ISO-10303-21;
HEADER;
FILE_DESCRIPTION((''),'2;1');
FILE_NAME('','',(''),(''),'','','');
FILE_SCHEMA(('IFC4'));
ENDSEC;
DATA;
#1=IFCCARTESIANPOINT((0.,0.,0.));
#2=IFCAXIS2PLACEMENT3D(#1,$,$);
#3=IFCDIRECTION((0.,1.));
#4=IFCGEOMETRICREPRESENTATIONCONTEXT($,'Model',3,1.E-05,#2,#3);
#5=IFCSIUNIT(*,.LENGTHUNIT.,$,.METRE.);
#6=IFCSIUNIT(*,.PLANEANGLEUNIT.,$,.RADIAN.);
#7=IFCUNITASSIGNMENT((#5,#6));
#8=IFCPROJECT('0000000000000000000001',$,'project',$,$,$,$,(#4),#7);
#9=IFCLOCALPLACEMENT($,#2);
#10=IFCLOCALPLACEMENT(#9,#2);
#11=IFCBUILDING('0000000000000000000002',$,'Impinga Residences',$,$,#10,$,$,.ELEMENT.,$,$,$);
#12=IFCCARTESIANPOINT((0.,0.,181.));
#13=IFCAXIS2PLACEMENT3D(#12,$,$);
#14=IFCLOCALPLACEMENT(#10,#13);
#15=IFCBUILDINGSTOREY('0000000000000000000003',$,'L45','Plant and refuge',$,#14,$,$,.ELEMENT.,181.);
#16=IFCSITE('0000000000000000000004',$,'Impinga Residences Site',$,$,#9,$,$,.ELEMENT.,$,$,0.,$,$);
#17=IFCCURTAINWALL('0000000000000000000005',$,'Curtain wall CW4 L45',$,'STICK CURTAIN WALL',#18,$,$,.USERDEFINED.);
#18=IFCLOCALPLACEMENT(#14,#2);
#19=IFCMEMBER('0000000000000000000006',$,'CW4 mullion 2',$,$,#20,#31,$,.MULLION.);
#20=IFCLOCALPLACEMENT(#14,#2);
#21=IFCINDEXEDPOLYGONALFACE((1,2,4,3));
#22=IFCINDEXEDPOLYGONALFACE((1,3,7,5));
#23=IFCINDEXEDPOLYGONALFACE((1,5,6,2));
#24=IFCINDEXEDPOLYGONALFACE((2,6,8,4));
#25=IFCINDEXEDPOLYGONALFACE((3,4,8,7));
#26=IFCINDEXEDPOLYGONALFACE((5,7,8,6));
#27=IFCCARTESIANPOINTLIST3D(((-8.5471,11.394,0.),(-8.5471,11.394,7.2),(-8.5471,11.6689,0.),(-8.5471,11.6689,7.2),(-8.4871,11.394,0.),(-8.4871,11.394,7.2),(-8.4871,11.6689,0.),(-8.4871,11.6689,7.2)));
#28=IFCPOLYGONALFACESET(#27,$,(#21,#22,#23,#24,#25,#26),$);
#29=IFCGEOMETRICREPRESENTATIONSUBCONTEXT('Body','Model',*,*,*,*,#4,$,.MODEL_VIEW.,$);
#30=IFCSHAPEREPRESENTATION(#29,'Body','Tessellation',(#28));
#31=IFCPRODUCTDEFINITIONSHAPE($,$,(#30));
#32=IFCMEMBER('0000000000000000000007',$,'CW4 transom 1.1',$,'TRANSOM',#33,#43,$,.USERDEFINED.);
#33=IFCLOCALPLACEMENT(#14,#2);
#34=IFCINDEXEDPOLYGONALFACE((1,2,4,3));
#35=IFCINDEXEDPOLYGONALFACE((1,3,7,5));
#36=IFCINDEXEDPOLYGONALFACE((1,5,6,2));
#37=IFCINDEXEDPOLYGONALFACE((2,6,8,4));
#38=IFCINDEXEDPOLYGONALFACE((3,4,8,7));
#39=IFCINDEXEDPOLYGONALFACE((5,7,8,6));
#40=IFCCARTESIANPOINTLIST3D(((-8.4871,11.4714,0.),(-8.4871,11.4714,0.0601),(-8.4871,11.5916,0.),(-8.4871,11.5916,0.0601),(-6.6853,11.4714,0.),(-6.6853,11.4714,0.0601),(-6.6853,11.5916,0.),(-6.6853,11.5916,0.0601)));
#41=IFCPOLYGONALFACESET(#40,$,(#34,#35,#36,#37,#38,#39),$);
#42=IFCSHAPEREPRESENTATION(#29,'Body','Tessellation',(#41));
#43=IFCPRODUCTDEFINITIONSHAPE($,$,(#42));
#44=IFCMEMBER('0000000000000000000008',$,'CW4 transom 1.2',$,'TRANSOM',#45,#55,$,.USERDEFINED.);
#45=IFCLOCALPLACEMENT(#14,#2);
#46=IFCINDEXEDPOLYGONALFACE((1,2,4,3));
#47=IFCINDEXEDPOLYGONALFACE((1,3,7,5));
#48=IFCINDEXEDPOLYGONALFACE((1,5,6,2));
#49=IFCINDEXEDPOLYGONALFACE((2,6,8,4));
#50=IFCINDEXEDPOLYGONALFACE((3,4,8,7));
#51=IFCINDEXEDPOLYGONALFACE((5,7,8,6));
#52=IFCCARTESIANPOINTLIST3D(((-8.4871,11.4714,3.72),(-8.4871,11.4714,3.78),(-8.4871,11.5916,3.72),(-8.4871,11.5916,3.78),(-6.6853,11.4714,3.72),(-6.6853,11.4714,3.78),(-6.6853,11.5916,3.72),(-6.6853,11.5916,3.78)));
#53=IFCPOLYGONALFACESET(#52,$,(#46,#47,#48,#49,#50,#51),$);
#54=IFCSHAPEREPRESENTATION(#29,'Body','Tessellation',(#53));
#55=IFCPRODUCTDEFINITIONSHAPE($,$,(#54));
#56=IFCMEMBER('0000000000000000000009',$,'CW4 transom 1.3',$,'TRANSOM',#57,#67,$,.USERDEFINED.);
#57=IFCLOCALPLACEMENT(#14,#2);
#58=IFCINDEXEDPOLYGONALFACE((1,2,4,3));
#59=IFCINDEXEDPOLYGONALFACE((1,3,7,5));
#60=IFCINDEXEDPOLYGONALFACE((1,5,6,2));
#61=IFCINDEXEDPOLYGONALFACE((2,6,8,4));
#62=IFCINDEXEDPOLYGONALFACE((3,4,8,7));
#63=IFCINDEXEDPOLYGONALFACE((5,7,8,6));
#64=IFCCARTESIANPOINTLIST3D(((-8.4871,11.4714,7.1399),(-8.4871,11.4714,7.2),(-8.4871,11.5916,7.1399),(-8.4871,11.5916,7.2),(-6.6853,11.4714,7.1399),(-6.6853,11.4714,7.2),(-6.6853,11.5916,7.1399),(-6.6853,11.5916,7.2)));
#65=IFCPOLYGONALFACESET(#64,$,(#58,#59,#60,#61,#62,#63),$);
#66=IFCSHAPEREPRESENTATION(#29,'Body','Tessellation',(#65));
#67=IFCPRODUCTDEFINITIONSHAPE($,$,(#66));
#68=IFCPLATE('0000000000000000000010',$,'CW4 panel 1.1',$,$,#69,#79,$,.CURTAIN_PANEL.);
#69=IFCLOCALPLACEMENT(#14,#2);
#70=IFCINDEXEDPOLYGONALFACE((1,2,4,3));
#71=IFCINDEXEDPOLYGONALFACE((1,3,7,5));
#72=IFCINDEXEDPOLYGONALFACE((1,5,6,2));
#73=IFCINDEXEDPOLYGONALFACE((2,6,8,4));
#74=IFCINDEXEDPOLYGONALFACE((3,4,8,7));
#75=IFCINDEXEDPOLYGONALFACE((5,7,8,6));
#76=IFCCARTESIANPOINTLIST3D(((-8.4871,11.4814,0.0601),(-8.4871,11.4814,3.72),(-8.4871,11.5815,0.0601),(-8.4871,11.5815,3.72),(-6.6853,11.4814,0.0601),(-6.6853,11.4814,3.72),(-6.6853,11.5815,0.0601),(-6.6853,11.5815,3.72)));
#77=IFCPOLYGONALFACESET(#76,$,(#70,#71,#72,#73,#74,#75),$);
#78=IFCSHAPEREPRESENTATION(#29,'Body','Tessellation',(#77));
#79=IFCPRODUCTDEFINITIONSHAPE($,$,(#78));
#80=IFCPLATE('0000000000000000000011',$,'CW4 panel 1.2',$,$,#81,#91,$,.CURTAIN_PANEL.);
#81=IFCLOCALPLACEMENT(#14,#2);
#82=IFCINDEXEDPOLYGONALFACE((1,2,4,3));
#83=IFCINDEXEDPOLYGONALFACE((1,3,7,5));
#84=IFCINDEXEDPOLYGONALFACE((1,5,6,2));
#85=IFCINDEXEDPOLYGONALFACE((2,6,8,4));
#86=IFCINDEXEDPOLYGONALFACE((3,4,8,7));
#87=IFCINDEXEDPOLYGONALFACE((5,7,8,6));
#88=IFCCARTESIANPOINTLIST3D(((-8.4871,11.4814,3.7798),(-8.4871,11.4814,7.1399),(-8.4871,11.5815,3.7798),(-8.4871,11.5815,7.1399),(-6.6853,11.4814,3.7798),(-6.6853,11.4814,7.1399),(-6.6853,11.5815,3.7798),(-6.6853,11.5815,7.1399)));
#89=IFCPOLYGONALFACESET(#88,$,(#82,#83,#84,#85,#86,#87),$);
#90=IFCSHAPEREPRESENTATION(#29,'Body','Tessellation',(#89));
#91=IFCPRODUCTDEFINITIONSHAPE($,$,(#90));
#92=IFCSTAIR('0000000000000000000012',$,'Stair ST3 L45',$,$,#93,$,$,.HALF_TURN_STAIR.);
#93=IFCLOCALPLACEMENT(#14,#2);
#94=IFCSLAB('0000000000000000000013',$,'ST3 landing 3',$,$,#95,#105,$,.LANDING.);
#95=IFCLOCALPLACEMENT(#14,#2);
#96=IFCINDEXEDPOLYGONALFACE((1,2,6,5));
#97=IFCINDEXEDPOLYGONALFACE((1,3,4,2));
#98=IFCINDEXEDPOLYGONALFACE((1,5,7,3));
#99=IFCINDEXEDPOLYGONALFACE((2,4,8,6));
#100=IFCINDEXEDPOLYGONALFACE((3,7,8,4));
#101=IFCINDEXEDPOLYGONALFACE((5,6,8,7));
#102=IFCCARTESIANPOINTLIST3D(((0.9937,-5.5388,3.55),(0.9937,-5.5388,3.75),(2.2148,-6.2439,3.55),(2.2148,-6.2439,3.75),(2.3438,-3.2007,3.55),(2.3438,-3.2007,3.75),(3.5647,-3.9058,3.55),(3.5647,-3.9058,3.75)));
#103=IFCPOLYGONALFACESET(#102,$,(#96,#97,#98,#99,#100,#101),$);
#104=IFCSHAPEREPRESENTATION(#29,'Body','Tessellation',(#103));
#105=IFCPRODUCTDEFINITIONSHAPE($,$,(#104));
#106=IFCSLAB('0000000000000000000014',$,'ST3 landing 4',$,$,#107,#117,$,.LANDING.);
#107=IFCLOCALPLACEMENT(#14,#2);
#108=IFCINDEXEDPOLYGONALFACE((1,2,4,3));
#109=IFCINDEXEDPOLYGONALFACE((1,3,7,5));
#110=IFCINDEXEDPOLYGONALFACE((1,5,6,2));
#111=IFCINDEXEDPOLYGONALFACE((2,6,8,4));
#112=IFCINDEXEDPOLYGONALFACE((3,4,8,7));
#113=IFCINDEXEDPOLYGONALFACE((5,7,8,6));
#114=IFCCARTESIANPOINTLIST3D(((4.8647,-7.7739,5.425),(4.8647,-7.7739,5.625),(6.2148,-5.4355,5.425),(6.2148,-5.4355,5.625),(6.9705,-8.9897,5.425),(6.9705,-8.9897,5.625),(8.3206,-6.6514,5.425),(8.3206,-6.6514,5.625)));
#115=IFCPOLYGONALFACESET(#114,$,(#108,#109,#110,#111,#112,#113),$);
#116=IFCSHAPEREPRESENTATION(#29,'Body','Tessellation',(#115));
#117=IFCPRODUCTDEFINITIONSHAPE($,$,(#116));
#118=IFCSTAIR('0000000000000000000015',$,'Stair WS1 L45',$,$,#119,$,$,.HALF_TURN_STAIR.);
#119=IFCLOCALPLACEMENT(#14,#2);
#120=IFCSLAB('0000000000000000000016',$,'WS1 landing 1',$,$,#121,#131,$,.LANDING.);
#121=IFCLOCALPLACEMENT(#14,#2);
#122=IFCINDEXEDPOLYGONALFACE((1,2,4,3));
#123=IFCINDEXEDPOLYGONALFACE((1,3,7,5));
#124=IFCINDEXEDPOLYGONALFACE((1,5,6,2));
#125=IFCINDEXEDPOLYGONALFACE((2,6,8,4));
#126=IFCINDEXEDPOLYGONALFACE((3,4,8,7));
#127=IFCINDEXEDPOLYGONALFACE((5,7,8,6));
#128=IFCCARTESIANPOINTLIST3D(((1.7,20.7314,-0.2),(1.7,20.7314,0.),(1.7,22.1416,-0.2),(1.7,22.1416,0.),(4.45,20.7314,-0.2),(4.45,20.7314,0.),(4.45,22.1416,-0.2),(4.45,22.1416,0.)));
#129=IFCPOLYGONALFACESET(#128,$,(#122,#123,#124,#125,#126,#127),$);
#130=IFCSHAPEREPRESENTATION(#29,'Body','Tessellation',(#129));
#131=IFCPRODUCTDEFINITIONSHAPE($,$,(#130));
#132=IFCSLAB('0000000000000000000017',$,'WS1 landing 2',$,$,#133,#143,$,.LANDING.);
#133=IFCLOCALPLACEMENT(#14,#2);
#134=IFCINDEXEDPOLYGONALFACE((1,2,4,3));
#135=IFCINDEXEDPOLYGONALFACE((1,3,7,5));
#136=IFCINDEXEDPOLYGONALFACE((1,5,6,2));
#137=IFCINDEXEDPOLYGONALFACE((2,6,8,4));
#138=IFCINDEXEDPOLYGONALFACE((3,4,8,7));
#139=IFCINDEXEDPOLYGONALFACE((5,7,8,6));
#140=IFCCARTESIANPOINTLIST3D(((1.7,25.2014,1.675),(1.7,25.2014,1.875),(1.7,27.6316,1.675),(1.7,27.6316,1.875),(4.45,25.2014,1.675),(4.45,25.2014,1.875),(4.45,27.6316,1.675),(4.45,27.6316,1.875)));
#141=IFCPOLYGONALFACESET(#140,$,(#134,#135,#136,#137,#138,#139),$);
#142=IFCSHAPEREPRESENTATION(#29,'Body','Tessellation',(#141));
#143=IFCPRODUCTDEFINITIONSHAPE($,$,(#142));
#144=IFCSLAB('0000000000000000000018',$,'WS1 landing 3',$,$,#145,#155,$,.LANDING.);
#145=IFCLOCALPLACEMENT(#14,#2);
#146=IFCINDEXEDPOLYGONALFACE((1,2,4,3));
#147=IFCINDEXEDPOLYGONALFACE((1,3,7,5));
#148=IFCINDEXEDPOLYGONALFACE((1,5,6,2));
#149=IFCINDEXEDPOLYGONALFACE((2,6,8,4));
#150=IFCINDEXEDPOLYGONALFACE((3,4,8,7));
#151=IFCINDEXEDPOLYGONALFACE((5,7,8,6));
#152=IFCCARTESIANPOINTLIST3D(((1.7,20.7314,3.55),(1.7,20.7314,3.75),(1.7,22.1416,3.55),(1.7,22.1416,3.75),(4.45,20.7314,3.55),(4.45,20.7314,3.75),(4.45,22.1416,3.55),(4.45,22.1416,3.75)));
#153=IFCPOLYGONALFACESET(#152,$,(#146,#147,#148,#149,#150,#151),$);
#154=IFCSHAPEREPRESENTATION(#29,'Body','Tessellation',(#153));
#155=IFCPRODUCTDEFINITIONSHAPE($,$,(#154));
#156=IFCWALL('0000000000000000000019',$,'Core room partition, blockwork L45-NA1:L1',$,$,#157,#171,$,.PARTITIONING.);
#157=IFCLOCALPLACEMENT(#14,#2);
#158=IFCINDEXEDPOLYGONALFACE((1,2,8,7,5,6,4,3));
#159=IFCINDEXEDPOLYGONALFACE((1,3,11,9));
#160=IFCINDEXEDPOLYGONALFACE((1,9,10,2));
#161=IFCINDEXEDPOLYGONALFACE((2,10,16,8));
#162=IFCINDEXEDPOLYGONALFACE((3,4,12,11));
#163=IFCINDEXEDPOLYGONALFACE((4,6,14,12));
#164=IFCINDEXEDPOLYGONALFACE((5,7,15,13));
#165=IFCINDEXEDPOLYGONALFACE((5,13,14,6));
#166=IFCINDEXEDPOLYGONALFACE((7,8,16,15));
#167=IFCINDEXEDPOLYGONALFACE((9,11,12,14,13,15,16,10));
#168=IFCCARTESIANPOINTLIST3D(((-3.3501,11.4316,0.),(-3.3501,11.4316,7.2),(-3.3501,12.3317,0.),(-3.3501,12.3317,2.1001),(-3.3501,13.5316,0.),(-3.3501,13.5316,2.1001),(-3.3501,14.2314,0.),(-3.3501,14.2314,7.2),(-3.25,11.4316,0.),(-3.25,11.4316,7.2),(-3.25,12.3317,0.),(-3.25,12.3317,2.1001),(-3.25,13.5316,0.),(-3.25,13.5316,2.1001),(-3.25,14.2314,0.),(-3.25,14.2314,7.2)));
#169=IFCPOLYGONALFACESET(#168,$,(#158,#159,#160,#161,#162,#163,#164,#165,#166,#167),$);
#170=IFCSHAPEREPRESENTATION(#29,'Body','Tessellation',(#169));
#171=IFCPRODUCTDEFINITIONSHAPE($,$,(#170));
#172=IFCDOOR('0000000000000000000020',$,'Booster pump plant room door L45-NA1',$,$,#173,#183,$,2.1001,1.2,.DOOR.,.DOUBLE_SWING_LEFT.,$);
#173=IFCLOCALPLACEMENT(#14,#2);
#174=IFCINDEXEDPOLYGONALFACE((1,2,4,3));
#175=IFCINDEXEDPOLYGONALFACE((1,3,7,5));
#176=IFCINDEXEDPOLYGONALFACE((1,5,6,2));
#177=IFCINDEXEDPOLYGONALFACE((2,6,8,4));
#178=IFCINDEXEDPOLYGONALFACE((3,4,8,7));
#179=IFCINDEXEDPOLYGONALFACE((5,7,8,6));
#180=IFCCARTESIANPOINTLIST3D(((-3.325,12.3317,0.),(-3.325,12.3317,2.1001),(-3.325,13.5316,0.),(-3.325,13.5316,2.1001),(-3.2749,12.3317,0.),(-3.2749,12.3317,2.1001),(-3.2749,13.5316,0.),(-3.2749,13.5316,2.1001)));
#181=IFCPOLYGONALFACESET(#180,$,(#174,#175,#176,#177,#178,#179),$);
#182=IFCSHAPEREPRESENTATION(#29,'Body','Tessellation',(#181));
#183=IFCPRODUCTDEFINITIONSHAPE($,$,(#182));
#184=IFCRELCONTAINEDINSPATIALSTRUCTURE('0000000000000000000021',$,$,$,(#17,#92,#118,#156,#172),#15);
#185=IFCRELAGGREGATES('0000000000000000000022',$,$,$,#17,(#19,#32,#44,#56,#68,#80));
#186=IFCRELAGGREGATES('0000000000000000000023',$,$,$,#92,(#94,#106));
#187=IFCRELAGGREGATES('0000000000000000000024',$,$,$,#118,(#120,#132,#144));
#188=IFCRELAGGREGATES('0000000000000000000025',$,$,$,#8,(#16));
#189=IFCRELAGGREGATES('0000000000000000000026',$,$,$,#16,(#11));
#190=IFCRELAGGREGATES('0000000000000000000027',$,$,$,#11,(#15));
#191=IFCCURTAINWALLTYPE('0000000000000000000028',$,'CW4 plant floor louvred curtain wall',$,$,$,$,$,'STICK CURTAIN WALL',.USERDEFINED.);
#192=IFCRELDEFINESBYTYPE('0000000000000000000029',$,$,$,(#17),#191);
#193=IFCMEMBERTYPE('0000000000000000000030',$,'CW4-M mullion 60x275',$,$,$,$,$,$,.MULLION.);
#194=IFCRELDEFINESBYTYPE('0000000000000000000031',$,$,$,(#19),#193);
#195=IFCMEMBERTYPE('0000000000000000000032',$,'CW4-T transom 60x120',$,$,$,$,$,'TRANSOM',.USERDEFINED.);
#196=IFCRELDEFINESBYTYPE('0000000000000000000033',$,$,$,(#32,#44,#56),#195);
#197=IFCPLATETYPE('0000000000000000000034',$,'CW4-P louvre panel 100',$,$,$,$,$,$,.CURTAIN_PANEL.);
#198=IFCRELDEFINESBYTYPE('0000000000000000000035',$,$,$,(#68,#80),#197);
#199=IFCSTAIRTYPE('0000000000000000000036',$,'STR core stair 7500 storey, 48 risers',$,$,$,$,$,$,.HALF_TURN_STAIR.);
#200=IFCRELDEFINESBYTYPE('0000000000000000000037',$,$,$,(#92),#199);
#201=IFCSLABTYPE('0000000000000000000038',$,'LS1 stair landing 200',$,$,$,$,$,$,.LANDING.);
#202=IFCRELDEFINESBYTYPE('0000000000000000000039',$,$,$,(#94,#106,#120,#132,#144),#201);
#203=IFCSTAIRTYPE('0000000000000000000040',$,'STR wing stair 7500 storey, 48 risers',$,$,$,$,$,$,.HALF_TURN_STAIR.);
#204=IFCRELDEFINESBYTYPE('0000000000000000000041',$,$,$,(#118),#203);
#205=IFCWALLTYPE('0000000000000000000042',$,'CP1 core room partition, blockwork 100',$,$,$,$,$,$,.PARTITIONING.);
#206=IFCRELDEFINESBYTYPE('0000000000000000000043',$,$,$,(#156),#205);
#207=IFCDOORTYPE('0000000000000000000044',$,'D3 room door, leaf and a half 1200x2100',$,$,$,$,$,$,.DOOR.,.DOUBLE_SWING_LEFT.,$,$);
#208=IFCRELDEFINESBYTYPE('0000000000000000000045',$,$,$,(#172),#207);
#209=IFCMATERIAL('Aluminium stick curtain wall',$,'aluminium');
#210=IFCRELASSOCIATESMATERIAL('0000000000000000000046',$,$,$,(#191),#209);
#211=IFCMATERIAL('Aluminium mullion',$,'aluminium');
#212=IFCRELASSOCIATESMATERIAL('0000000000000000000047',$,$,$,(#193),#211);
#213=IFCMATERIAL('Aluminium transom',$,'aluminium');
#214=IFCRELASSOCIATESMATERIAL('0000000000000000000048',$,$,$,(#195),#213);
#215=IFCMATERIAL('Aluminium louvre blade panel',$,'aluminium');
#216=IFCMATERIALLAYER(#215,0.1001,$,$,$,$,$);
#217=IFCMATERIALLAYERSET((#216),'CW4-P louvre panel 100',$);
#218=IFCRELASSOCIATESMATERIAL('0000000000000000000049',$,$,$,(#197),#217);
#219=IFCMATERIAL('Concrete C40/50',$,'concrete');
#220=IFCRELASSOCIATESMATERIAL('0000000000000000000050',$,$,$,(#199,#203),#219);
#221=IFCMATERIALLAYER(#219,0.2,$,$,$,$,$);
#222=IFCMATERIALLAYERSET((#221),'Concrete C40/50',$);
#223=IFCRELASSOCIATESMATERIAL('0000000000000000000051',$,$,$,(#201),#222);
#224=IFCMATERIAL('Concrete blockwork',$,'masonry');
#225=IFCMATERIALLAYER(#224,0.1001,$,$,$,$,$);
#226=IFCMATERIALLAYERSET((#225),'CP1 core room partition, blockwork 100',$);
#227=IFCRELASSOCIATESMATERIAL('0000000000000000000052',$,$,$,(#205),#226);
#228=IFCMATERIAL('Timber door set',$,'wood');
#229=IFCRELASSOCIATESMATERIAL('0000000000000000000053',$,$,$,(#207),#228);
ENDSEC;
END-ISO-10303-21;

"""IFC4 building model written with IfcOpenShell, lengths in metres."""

from ifc_helpers import new_model, si_unit, direction, frame, frame_2d, origin, origin_2d, place, context, subcontext, project, spatial, polyline, rectangle, outline, extrude, material, layer, layer_set, material_profile, profile_set, type_object, element, fill, aggregate, save


model = new_model("IFC4")

# Units and contexts
model_context = context("Model", 3, precision=1e-05, world=origin(), true_north=direction((0.0, 1.0)))
body_context = subcontext(model_context, "Body", "Model", "MODEL_VIEW")
ifc_project = project(units=[si_unit("LENGTHUNIT", "METRE"), si_unit("PLANEANGLEUNIT", "RADIAN")], contexts=[model_context])

# Site, building, storey
site_placement = place(None, origin())
site = spatial("IfcSite", under=ifc_project, at=site_placement, Name="Impinga Residences Site", CompositionType="ELEMENT", RefElevation=0.0)
building_placement = place(site_placement, origin())
building = spatial("IfcBuilding", under=site, at=building_placement, Name="Impinga Residences", CompositionType="ELEMENT")
storey_placement = place(building_placement, frame((0.0, 0.0, 181.0)))
storey = spatial("IfcBuildingStorey", under=building, at=storey_placement, Name="L45", Description="Plant and refuge", CompositionType="ELEMENT", Elevation=181.0)

# Curtain wall, members, plates
ifc_material_1 = material(Name="Aluminium stick curtain wall", Category="aluminium")
curtain_wall_type = type_object("IfcCurtainWallType", Name="CW4 plant floor louvred curtain wall", ElementType="STICK CURTAIN WALL", PredefinedType="USERDEFINED", material=ifc_material_1)
curtain_wall_placement = place(storey_placement, origin())
curtain_wall = element("IfcCurtainWall", 1, at=curtain_wall_placement, inside=storey, type_object=curtain_wall_type, Name="Curtain wall CW4 L45", ObjectType="STICK CURTAIN WALL", PredefinedType="USERDEFINED")
ifc_material_2 = material(Name="Aluminium mullion", Category="aluminium")
ifc_material_profile_1 = material_profile(ifc_material_2, rectangle(XDim=0.0601, YDim=0.2749, at=origin_2d()), Name="60x275 mullion")
ifc_profile_set_1 = profile_set([ifc_material_profile_1], Name="Aluminium mullion")
member_type_1 = type_object("IfcMemberType", Name="CW4-M mullion 60x275", PredefinedType="MULLION", material=ifc_profile_set_1)
member_1_placement = place(storey_placement, frame((-8.5171, 11.5315, 0.0), z_axis=(0.0, 0.0, 1.0), x_axis=(-1.0, 0.0, 0.0)))
member_1 = element("IfcMember", 2, at=member_1_placement, type_object=member_type_1, Name="CW4 mullion 2", PredefinedType="MULLION", context=body_context, shape_type="SweptSolid", body=[
    extrude(rectangle(XDim=0.0601, YDim=0.2749, at=origin_2d()), origin(), (0.0, 0.0, 1.0), 7.2),
])
ifc_material_3 = material(Name="Aluminium transom", Category="aluminium")
ifc_material_profile_2 = material_profile(ifc_material_3, rectangle(XDim=0.0601, YDim=0.1201, at=origin_2d()), Name="60x120 transom")
ifc_profile_set_2 = profile_set([ifc_material_profile_2], Name="Aluminium transom")
member_type_2 = type_object("IfcMemberType", Name="CW4-T transom 60x120", ElementType="TRANSOM", PredefinedType="USERDEFINED", material=ifc_profile_set_2)
member_2_placement = place(storey_placement, frame((-6.6853, 11.5315, 0.03), z_axis=(-1.0, 0.0, 0.0), x_axis=(0.0, 0.0, 1.0)))
member_2 = element("IfcMember", 3, at=member_2_placement, type_object=member_type_2, Name="CW4 transom 1.1", ObjectType="TRANSOM", PredefinedType="USERDEFINED", context=body_context, shape_type="SweptSolid", body=[
    extrude(rectangle(XDim=0.0601, YDim=0.1201, at=origin_2d()), origin(), (0.0, 0.0, 1.0), 1.8018),
])
member_3_placement = place(storey_placement, frame((-6.6853, 11.5315, 3.75), z_axis=(-1.0, 0.0, 0.0), x_axis=(0.0, 0.0, 1.0)))
member_3 = element("IfcMember", 4, at=member_3_placement, type_object=member_type_2, Name="CW4 transom 1.2", ObjectType="TRANSOM", PredefinedType="USERDEFINED", context=body_context, shape_type="SweptSolid", body=[
    extrude(rectangle(XDim=0.0601, YDim=0.1201, at=origin_2d()), origin(), (0.0, 0.0, 1.0), 1.8018),
])
member_4_placement = place(storey_placement, frame((-6.6853, 11.5315, 7.1699), z_axis=(-1.0, 0.0, 0.0), x_axis=(0.0, 0.0, 1.0)))
member_4 = element("IfcMember", 5, at=member_4_placement, type_object=member_type_2, Name="CW4 transom 1.3", ObjectType="TRANSOM", PredefinedType="USERDEFINED", context=body_context, shape_type="SweptSolid", body=[
    extrude(rectangle(XDim=0.0601, YDim=0.1201, at=origin_2d()), origin(), (0.0, 0.0, 1.0), 1.8018),
])
ifc_material_4 = material(Name="Aluminium louvre blade panel", Category="aluminium")
ifc_layer_1 = layer(ifc_material_4, 0.1001)
ifc_layer_set_1 = layer_set([ifc_layer_1], Name="CW4-P louvre panel 100")
plate_type = type_object("IfcPlateType", Name="CW4-P louvre panel 100", PredefinedType="CURTAIN_PANEL", material=ifc_layer_set_1)
plate_1_placement = place(storey_placement, frame((-7.5862, 11.5315, 0.0601), z_axis=(0.0, 0.0, 1.0), x_axis=(-1.0, 0.0, 0.0)))
plate_1 = element("IfcPlate", 6, at=plate_1_placement, type_object=plate_type, Name="CW4 panel 1.1", PredefinedType="CURTAIN_PANEL", context=body_context, shape_type="SweptSolid", body=[
    extrude(rectangle(XDim=1.8018, YDim=0.1001, at=origin_2d()), origin(), (0.0, 0.0, 1.0), 3.6599),
])
plate_2_placement = place(storey_placement, frame((-7.5862, 11.5315, 3.7798), z_axis=(0.0, 0.0, 1.0), x_axis=(-1.0, 0.0, 0.0)))
plate_2 = element("IfcPlate", 7, at=plate_2_placement, type_object=plate_type, Name="CW4 panel 1.2", PredefinedType="CURTAIN_PANEL", context=body_context, shape_type="SweptSolid", body=[
    extrude(rectangle(XDim=1.8018, YDim=0.1001, at=origin_2d()), origin(), (0.0, 0.0, 1.0), 3.3601),
])
aggregate(curtain_wall, [member_1, member_2, member_3, member_4, plate_1, plate_2])

# Stairs, slabs
ifc_material_5 = material(Name="Concrete C40/50", Category="concrete")
stair_type_1 = type_object("IfcStairType", Name="STR core stair 7500 storey, 48 risers", PredefinedType="HALF_TURN_STAIR", material=ifc_material_5)
stair_1_placement = place(storey_placement, origin())
stair_1 = element("IfcStair", 8, at=stair_1_placement, inside=storey, type_object=stair_type_1, Name="Stair ST3 L45", PredefinedType="HALF_TURN_STAIR")
ifc_layer_2 = layer(ifc_material_5, 0.2)
ifc_layer_set_2 = layer_set([ifc_layer_2], Name="Concrete C40/50")
slab_type = type_object("IfcSlabType", Name="LS1 stair landing 200", PredefinedType="LANDING", material=ifc_layer_set_2)
slab_1_placement = place(storey_placement, frame((0.0, 0.0, 3.55)))
slab_1 = element("IfcSlab", 9, at=slab_1_placement, type_object=slab_type, Name="ST3 landing 3", PredefinedType="LANDING", context=body_context, shape_type="SweptSolid", body=[
    extrude(outline(polyline([(2.3438, -3.2007), (0.9937, -5.5388), (2.2148, -6.2439), (3.5647, -3.9058), (2.3438, -3.2007)])), origin(), (0.0, 0.0, 1.0), 0.2),
])
slab_2_placement = place(storey_placement, frame((0.0, 0.0, 5.425)))
slab_2 = element("IfcSlab", 10, at=slab_2_placement, type_object=slab_type, Name="ST3 landing 4", PredefinedType="LANDING", context=body_context, shape_type="SweptSolid", body=[
    extrude(outline(polyline([(6.2148, -5.4355), (4.8647, -7.7739), (6.9705, -8.9897), (8.3206, -6.6514), (6.2148, -5.4355)])), origin(), (0.0, 0.0, 1.0), 0.2),
])
aggregate(stair_1, [slab_1, slab_2])
stair_type_2 = type_object("IfcStairType", Name="STR wing stair 7500 storey, 48 risers", PredefinedType="HALF_TURN_STAIR", material=ifc_material_5)
stair_2_placement = place(storey_placement, origin())
stair_2 = element("IfcStair", 11, at=stair_2_placement, inside=storey, type_object=stair_type_2, Name="Stair WS1 L45", PredefinedType="HALF_TURN_STAIR")
slab_3_placement = place(storey_placement, frame((0.0, 0.0, -0.2)))
slab_3 = element("IfcSlab", 12, at=slab_3_placement, type_object=slab_type, Name="WS1 landing 1", PredefinedType="LANDING", context=body_context, shape_type="SweptSolid", body=[
    extrude(outline(polyline([(1.7, 20.7314), (4.45, 20.7314), (4.45, 22.1416), (1.7, 22.1416), (1.7, 20.7314)])), origin(), (0.0, 0.0, 1.0), 0.2),
])
slab_4_placement = place(storey_placement, frame((0.0, 0.0, 1.675)))
slab_4 = element("IfcSlab", 13, at=slab_4_placement, type_object=slab_type, Name="WS1 landing 2", PredefinedType="LANDING", context=body_context, shape_type="SweptSolid", body=[
    extrude(outline(polyline([(1.7, 25.2014), (4.45, 25.2014), (4.45, 27.6316), (1.7, 27.6316), (1.7, 25.2014)])), origin(), (0.0, 0.0, 1.0), 0.2),
])
slab_5_placement = place(storey_placement, frame((0.0, 0.0, 3.55)))
slab_5 = element("IfcSlab", 14, at=slab_5_placement, type_object=slab_type, Name="WS1 landing 3", PredefinedType="LANDING", context=body_context, shape_type="SweptSolid", body=[
    extrude(outline(polyline([(1.7, 20.7314), (4.45, 20.7314), (4.45, 22.1416), (1.7, 22.1416), (1.7, 20.7314)])), origin(), (0.0, 0.0, 1.0), 0.2),
])
aggregate(stair_2, [slab_3, slab_4, slab_5])

# Wall, opening, door
ifc_material_6 = material(Name="Concrete blockwork", Category="masonry")
ifc_layer_3 = layer(ifc_material_6, 0.1001)
ifc_layer_set_3 = layer_set([ifc_layer_3], Name="CP1 core room partition, blockwork 100")
wall_type_1 = type_object("IfcWallType", Name="CP1 core room partition, blockwork 100", PredefinedType="PARTITIONING", material=ifc_layer_set_3)
wall_1_placement = place(storey_placement, frame((-3.3, 11.4316, 0.0), z_axis=(0.0, 0.0, 1.0), x_axis=(0.0, 1.0, 0.0)))
wall_1 = element("IfcWall", 15, at=wall_1_placement, inside=storey, type_object=wall_type_1, Name="Core room partition, blockwork L45-NA1:L1", PredefinedType="PARTITIONING", context=body_context, shape_type="SweptSolid", body=[
    extrude(rectangle(XDim=2.7998, YDim=0.1001, at=frame_2d((1.3999, 0.0))), origin(), (0.0, 0.0, 1.0), 7.2),
])
opening_1_placement = place(wall_1_placement, frame((0.8999, 0.0, 0.0)))
opening_1 = element("IfcOpeningElement", 16, at=opening_1_placement, cuts=wall_1, PredefinedType="OPENING", context=body_context, shape_type="SweptSolid", body=[
    extrude(rectangle(XDim=1.2, YDim=2.1001, at=frame_2d((0.6001, 1.05))), frame((0.0, 0.0601, 0.0), z_axis=(0.0, -1.0, 0.0), x_axis=(1.0, 0.0, 0.0)), (0.0, 0.0, 1.0), 0.1201),
])
ifc_material_7 = material(Name="Timber door set", Category="wood")
door_type_1 = type_object("IfcDoorType", Name="D3 room door, leaf and a half 1200x2100", OperationType="DOUBLE_SWING_LEFT", PredefinedType="DOOR", material=ifc_material_7)
door_1_placement = place(opening_1_placement, origin())
door_1 = element("IfcDoor", 17, at=door_1_placement, inside=storey, type_object=door_type_1, Name="Booster pump plant room door L45-NA1", OperationType="DOUBLE_SWING_LEFT", OverallHeight=2.1001, OverallWidth=1.2, PredefinedType="DOOR", context=body_context, shape_type="SweptSolid", body=[
    extrude(rectangle(XDim=1.2, YDim=2.1001, at=frame_2d((0.6001, 1.05))), frame((0.0, 0.0249, 0.0), z_axis=(0.0, -1.0, 0.0), x_axis=(1.0, 0.0, 0.0)), (0.0, 0.0, 1.0), 0.05),
])
fill(opening_1, door_1)

save(model, "model.ifc")
